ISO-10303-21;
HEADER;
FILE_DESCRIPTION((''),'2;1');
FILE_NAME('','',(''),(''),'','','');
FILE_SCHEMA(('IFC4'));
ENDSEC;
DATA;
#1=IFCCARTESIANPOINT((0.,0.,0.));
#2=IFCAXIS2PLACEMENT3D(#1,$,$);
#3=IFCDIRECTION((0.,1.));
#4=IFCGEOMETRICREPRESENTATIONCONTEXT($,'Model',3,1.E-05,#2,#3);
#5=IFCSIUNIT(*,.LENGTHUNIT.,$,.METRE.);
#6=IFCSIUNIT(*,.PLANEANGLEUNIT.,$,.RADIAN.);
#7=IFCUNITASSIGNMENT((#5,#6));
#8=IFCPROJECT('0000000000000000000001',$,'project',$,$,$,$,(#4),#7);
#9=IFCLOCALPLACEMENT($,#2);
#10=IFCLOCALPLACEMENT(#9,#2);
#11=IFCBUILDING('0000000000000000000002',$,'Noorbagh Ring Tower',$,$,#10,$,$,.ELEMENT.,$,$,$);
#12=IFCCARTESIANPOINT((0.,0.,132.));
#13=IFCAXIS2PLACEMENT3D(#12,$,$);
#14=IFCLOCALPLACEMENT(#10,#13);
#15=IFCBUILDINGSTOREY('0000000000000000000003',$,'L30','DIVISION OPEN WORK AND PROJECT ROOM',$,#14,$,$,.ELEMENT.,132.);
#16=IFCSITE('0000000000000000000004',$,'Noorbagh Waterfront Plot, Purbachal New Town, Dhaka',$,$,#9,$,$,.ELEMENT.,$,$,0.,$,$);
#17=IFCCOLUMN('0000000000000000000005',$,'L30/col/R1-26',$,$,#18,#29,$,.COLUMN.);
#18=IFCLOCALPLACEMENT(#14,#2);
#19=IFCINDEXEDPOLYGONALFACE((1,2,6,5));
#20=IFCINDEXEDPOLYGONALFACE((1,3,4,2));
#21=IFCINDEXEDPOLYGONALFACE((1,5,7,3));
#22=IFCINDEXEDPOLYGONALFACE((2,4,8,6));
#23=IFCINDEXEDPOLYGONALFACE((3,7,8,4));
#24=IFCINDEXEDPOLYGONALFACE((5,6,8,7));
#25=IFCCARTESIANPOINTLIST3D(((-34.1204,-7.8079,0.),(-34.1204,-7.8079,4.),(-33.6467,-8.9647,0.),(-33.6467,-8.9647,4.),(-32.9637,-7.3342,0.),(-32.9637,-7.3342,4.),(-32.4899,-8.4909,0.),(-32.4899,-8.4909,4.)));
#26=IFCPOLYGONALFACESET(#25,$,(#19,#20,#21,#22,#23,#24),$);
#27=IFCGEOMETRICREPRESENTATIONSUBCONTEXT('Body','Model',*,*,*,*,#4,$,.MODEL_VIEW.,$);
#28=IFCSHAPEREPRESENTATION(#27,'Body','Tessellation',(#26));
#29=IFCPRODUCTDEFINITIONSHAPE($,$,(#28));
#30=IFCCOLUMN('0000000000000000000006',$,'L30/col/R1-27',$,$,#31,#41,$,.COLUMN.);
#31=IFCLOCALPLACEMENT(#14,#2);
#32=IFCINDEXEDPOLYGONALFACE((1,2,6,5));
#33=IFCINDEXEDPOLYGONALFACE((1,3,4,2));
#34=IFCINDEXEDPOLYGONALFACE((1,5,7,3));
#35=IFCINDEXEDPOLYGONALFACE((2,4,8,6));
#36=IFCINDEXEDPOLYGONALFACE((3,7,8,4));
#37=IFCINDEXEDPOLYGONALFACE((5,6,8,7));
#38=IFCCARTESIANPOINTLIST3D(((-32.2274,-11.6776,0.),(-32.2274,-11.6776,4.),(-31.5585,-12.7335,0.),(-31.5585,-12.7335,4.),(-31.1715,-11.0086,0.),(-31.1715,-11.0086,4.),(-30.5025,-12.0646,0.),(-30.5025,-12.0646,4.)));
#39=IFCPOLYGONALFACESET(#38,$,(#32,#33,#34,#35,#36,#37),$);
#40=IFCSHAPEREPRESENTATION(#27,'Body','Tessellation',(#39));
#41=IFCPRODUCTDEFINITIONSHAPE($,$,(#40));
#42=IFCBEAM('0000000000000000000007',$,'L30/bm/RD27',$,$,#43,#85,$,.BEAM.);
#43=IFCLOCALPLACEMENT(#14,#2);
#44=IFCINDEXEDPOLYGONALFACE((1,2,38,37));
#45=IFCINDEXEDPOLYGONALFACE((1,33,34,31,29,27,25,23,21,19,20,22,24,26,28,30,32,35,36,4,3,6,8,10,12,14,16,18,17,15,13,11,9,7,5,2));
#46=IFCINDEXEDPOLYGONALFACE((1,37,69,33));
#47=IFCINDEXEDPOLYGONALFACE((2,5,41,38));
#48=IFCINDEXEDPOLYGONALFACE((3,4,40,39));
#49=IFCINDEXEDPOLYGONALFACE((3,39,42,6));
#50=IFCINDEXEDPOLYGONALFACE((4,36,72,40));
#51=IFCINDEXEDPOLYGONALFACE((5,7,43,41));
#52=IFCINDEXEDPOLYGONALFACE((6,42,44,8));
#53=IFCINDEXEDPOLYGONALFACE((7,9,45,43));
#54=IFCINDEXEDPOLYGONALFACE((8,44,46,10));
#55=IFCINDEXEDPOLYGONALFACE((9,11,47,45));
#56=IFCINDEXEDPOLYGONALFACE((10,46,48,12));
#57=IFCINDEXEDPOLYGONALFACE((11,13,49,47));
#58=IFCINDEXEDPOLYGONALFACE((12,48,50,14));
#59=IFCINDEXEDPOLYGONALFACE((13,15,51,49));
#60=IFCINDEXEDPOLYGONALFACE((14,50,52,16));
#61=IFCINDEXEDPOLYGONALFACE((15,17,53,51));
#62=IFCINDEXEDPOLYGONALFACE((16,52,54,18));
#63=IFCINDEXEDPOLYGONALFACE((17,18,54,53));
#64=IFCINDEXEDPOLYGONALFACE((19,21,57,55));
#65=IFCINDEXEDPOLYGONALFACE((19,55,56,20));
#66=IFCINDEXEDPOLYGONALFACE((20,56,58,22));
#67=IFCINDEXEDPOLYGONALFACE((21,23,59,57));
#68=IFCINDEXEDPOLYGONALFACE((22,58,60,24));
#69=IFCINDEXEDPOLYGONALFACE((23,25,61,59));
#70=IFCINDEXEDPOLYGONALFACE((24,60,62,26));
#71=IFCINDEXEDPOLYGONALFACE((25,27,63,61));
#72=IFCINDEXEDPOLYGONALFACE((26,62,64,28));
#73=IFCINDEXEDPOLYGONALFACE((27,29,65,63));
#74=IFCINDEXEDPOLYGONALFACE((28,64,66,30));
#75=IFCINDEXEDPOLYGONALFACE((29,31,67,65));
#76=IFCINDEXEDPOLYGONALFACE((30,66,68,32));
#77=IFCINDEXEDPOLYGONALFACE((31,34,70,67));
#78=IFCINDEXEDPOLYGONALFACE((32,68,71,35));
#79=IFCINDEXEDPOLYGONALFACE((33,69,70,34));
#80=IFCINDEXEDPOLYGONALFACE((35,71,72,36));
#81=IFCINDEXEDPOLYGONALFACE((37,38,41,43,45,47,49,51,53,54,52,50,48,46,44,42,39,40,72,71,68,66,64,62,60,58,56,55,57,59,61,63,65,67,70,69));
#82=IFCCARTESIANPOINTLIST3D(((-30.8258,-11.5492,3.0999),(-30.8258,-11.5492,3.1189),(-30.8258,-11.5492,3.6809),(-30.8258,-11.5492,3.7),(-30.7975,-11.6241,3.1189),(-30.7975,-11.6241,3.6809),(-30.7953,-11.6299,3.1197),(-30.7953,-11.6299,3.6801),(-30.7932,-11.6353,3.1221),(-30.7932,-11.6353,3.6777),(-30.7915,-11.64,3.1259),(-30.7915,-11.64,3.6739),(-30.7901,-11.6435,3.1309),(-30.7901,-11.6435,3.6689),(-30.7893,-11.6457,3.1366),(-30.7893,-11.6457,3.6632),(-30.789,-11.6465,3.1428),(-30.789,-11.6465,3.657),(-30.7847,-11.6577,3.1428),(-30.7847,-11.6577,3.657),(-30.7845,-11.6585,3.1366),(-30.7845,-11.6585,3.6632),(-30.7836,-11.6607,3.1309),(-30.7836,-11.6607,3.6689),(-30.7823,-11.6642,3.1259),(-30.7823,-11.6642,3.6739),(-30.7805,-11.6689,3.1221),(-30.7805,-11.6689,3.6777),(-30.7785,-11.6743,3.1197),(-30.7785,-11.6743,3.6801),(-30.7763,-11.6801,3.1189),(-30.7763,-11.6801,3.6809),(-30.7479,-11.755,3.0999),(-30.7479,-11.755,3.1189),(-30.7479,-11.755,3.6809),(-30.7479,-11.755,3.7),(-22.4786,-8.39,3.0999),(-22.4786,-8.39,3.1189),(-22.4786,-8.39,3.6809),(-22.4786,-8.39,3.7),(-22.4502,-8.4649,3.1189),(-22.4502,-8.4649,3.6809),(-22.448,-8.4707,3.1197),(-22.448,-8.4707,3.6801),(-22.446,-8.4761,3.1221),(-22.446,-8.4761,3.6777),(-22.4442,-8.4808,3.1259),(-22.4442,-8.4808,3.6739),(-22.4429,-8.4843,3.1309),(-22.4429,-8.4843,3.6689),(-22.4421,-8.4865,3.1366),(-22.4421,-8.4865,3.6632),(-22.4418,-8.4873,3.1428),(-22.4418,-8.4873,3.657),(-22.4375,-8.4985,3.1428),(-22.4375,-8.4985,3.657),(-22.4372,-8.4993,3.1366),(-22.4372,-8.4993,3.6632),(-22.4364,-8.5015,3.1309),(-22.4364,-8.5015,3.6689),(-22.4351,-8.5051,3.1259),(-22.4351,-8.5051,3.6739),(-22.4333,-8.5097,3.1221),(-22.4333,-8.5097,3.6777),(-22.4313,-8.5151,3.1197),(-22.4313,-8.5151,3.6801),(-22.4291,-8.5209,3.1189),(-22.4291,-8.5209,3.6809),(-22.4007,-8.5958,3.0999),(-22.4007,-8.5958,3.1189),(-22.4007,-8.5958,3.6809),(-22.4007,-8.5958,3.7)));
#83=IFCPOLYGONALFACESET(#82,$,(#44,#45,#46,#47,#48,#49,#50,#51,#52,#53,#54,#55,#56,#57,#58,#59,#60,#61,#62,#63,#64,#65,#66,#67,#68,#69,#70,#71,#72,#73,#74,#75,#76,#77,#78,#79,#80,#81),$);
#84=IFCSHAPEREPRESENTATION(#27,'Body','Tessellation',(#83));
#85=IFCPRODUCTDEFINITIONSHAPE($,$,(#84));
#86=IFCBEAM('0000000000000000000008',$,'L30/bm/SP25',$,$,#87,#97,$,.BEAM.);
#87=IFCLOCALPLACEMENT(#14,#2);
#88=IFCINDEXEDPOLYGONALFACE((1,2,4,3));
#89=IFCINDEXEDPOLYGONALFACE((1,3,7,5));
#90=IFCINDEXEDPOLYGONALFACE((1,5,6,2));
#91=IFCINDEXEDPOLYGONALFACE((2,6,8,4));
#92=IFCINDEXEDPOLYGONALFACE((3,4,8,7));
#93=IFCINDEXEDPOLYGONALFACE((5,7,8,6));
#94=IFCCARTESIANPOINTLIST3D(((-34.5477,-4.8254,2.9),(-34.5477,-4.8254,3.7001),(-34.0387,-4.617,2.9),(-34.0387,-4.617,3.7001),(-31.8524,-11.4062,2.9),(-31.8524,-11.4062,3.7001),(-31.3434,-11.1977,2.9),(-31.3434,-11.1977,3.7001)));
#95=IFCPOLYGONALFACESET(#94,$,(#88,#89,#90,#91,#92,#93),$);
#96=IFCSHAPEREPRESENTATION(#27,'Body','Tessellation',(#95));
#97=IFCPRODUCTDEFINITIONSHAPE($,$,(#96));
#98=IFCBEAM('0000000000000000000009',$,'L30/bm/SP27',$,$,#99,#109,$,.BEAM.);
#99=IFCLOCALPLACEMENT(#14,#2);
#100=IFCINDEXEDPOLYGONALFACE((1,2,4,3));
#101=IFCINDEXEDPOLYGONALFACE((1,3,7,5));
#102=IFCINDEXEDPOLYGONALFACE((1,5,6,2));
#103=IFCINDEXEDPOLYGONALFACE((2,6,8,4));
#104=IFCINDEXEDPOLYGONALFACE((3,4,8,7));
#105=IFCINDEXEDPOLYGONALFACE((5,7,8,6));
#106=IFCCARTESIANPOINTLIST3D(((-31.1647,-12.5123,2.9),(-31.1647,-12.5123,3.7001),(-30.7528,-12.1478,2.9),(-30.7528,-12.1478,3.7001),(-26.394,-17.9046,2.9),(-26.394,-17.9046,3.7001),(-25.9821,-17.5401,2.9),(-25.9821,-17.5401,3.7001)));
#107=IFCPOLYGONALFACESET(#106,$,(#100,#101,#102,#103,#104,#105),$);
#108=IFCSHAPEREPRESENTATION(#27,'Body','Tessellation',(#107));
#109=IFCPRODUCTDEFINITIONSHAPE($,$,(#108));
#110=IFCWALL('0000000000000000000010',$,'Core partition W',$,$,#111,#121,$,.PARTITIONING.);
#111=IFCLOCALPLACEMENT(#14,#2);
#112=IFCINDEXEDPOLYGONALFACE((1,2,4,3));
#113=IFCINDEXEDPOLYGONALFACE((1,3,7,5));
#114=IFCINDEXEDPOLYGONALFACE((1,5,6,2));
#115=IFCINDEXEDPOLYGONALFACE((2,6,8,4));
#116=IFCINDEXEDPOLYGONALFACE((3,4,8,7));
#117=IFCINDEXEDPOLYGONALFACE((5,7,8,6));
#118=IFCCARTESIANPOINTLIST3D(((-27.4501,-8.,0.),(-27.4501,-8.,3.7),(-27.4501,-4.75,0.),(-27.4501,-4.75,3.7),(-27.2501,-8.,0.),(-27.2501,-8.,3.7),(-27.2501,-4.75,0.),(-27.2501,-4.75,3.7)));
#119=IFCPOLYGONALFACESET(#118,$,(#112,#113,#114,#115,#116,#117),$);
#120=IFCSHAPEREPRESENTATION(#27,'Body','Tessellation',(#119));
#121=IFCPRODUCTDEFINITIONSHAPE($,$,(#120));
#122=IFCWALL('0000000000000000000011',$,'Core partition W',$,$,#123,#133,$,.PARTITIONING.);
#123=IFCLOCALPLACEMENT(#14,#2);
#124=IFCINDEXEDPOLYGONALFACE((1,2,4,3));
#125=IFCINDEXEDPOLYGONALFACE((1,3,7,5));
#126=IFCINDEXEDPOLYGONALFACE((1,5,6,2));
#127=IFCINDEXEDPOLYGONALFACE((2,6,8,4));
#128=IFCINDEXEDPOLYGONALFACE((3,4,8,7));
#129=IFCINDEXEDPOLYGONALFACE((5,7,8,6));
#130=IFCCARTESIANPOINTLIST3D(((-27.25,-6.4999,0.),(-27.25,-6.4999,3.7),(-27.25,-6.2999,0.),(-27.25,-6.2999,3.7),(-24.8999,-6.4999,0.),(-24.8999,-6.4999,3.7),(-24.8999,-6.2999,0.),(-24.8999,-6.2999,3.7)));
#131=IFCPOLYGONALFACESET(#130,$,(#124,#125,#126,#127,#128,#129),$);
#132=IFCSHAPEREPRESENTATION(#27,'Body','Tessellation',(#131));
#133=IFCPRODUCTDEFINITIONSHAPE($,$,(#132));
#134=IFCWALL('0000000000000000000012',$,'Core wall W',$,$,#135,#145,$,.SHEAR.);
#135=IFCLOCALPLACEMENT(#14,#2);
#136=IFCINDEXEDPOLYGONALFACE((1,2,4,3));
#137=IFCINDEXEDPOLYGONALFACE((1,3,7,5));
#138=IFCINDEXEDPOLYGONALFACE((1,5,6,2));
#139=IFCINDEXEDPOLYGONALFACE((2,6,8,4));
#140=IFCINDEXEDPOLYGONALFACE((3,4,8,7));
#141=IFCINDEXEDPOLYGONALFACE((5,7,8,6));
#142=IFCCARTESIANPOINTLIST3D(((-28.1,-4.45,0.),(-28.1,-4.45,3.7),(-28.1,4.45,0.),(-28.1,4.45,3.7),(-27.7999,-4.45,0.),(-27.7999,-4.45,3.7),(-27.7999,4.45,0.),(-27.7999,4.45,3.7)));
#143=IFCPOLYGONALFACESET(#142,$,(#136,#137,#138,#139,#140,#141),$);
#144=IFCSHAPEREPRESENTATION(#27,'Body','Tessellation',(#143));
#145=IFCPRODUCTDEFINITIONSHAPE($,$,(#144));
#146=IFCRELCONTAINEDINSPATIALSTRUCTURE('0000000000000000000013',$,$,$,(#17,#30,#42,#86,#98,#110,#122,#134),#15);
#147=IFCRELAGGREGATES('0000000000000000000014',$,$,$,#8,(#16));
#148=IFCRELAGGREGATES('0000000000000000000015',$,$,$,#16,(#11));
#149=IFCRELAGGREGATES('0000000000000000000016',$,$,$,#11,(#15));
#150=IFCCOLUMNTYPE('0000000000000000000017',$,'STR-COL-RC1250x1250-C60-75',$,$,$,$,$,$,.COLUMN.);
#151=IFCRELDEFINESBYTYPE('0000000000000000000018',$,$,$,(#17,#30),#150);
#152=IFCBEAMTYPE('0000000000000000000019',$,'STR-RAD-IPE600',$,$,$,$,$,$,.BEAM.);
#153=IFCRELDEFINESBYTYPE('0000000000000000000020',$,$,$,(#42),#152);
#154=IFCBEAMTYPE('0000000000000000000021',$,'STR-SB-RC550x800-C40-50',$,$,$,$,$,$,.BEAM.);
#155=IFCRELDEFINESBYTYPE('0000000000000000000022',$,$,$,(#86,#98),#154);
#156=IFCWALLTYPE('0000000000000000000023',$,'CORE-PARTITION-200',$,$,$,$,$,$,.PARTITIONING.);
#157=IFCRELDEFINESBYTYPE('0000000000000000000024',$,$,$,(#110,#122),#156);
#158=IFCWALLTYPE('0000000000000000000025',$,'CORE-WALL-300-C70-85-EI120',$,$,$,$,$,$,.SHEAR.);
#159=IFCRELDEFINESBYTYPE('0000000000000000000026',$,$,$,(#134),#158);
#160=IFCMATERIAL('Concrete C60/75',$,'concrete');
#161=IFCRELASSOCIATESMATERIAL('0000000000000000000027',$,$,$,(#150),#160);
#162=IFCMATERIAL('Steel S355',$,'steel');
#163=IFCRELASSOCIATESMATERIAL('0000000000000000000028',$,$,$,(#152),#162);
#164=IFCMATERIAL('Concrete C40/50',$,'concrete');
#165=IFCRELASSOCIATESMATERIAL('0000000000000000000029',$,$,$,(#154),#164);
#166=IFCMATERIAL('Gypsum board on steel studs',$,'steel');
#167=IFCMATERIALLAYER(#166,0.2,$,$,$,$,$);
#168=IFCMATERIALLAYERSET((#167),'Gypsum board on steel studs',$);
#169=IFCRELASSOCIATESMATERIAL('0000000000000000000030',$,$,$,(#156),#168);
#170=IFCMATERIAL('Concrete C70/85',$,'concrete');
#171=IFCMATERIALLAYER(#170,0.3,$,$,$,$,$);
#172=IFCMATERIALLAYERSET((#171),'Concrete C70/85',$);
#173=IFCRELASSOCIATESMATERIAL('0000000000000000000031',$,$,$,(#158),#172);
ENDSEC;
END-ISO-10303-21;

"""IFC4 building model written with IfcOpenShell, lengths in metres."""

from ifc_helpers import new_model, si_unit, direction, frame, frame_2d, origin, origin_2d, place, context, subcontext, project, spatial, rectangle, i_section, extrude, material, layer, layer_set, material_profile, profile_set, type_object, element, save


model = new_model("IFC4")

# Units and contexts
model_context = context("Model", 3, precision=1e-05, world=origin(), true_north=direction((0.0, 1.0)))
body_context = subcontext(model_context, "Body", "Model", "MODEL_VIEW")
ifc_project = project(units=[si_unit("LENGTHUNIT", "METRE"), si_unit("PLANEANGLEUNIT", "RADIAN")], contexts=[model_context])

# Site, building, storey
site_placement = place(None, origin())
site = spatial("IfcSite", under=ifc_project, at=site_placement, Name="Noorbagh Waterfront Plot, Purbachal New Town, Dhaka", CompositionType="ELEMENT", RefElevation=0.0)
building_placement = place(site_placement, origin())
building = spatial("IfcBuilding", under=site, at=building_placement, Name="Noorbagh Ring Tower", CompositionType="ELEMENT")
storey_placement = place(building_placement, frame((0.0, 0.0, 132.0)))
storey = spatial("IfcBuildingStorey", under=building, at=storey_placement, Name="L30", Description="DIVISION OPEN WORK AND PROJECT ROOM", CompositionType="ELEMENT", Elevation=132.0)

# Columns
ifc_material_1 = material(Name="Concrete C60/75", Category="concrete")
ifc_material_profile_1 = material_profile(ifc_material_1, rectangle(XDim=1.25, YDim=1.25, at=origin_2d()), Name="RC1250x1250")
ifc_profile_set_1 = profile_set([ifc_material_profile_1], Name="Concrete C60/75")
column_type = type_object("IfcColumnType", Name="STR-COL-RC1250x1250-C60-75", PredefinedType="COLUMN", material=ifc_profile_set_1)
for number, where, z_axis, x_axis, name in (
    (1, (-33.3052, -8.1494, 0.0), (0.0, 0.0, 1.0), (0.378989, -0.925401, 0.0), "L30/col/R1-26"),
    (2, (-31.365, -11.8711, 0.0), (0.0, 0.0, 1.0), (0.53519, -0.844731, 0.0), "L30/col/R1-27"),
):
    element("IfcColumn", number, at=place(storey_placement, frame(where, z_axis=z_axis, x_axis=x_axis)), inside=storey, type_object=column_type, Name=name, PredefinedType="COLUMN", context=body_context, shape_type="SweptSolid", body=[
        extrude(rectangle(XDim=1.25, YDim=1.25, at=origin_2d()), origin(), (0.0, 0.0, 1.0), 4.0),
    ])

# Beams
ifc_material_2 = material(Name="Steel S355", Category="steel")
ifc_material_profile_2 = material_profile(ifc_material_2, i_section(OverallWidth=0.22, OverallDepth=0.6001, WebThickness=0.012, FlangeThickness=0.019, FilletRadius=0.0239, at=origin_2d()), Name="IPE600")
ifc_profile_set_2 = profile_set([ifc_material_profile_2], Name="Steel S355")
beam_type_1 = type_object("IfcBeamType", Name="STR-RAD-IPE600", PredefinedType="BEAM", material=ifc_profile_set_2)
beam_1_placement = place(storey_placement, frame((-30.7869, -11.6521, 3.3999), z_axis=(0.935257, 0.35397, 0.0), x_axis=(-0.35397, 0.935257, 0.0)))
element("IfcBeam", 3, at=beam_1_placement, inside=storey, type_object=beam_type_1, Name="L30/bm/RD27", PredefinedType="BEAM", context=body_context, shape_type="SweptSolid", body=[
    extrude(i_section(OverallWidth=0.22, OverallDepth=0.6001, WebThickness=0.012, FlangeThickness=0.019, FilletRadius=0.0239, at=origin_2d()), origin(), (0.0, 0.0, 1.0), 8.925),
])
ifc_material_3 = material(Name="Concrete C40/50", Category="concrete")
ifc_material_profile_3 = material_profile(ifc_material_3, rectangle(XDim=0.55, YDim=0.8, at=origin_2d()), Name="RC550x800")
ifc_profile_set_3 = profile_set([ifc_material_profile_3], Name="Concrete C40/50")
beam_type_2 = type_object("IfcBeamType", Name="STR-SB-RC550x800-C40-50", PredefinedType="BEAM", material=ifc_profile_set_3)
beam_2_placement = place(storey_placement, frame((-34.2932, -4.7212, 3.3), z_axis=(0.379014, -0.925391, 0.0), x_axis=(0.925391, 0.379014, 0.0)))
element("IfcBeam", 4, at=beam_2_placement, inside=storey, type_object=beam_type_2, Name="L30/bm/SP25", PredefinedType="BEAM", context=body_context, shape_type="SweptSolid", body=[
    extrude(rectangle(XDim=0.55, YDim=0.8, at=origin_2d()), origin(), (0.0, 0.0, 1.0), 7.1113),
])
beam_3_placement = place(storey_placement, frame((-30.9587, -12.3301, 3.3), z_axis=(0.662621, -0.748954, 0.0), x_axis=(0.748954, 0.662621, 0.0)))
element("IfcBeam", 5, at=beam_3_placement, inside=storey, type_object=beam_type_2, Name="L30/bm/SP27", PredefinedType="BEAM", context=body_context, shape_type="SweptSolid", body=[
    extrude(rectangle(XDim=0.55, YDim=0.8, at=origin_2d()), origin(), (0.0, 0.0, 1.0), 7.1997),
])

# Walls
ifc_material_4 = material(Name="Gypsum board on steel studs", Category="steel")
ifc_layer_1 = layer(ifc_material_4, 0.2)
ifc_layer_set_1 = layer_set([ifc_layer_1], Name="Gypsum board on steel studs")
wall_type_1 = type_object("IfcWallType", Name="CORE-PARTITION-200", PredefinedType="PARTITIONING", material=ifc_layer_set_1)
wall_1_placement = place(storey_placement, frame((-27.3501, -8.0, 0.0), z_axis=(0.0, 0.0, 1.0), x_axis=(0.0, 1.0, 0.0)))
element("IfcWall", 6, at=wall_1_placement, inside=storey, type_object=wall_type_1, Name="Core partition W", PredefinedType="PARTITIONING", context=body_context, shape_type="SweptSolid", body=[
    extrude(rectangle(XDim=3.25, YDim=0.2, at=frame_2d((1.625, 0.0))), origin(), (0.0, 0.0, 1.0), 3.7),
])
wall_2_placement = place(storey_placement, frame((-24.8999, -6.3999, 0.0), z_axis=(0.0, 0.0, 1.0), x_axis=(-1.0, 0.0, 0.0)))
element("IfcWall", 7, at=wall_2_placement, inside=storey, type_object=wall_type_1, Name="Core partition W", PredefinedType="PARTITIONING", context=body_context, shape_type="SweptSolid", body=[
    extrude(rectangle(XDim=2.3501, YDim=0.2, at=frame_2d((1.175, 0.0))), origin(), (0.0, 0.0, 1.0), 3.7),
])
ifc_material_5 = material(Name="Concrete C70/85", Category="concrete")
ifc_layer_2 = layer(ifc_material_5, 0.3)
ifc_layer_set_2 = layer_set([ifc_layer_2], Name="Concrete C70/85")
wall_type_2 = type_object("IfcWallType", Name="CORE-WALL-300-C70-85-EI120", PredefinedType="SHEAR", material=ifc_layer_set_2)
wall_3_placement = place(storey_placement, frame((-27.95, -4.45, 0.0), z_axis=(0.0, 0.0, 1.0), x_axis=(0.0, 1.0, 0.0)))
element("IfcWall", 8, at=wall_3_placement, inside=storey, type_object=wall_type_2, Name="Core wall W", PredefinedType="SHEAR", context=body_context, shape_type="SweptSolid", body=[
    extrude(rectangle(XDim=8.8999, YDim=0.3, at=frame_2d((4.45, 0.0))), origin(), (0.0, 0.0, 1.0), 3.7),
])

save(model, "model.ifc")
